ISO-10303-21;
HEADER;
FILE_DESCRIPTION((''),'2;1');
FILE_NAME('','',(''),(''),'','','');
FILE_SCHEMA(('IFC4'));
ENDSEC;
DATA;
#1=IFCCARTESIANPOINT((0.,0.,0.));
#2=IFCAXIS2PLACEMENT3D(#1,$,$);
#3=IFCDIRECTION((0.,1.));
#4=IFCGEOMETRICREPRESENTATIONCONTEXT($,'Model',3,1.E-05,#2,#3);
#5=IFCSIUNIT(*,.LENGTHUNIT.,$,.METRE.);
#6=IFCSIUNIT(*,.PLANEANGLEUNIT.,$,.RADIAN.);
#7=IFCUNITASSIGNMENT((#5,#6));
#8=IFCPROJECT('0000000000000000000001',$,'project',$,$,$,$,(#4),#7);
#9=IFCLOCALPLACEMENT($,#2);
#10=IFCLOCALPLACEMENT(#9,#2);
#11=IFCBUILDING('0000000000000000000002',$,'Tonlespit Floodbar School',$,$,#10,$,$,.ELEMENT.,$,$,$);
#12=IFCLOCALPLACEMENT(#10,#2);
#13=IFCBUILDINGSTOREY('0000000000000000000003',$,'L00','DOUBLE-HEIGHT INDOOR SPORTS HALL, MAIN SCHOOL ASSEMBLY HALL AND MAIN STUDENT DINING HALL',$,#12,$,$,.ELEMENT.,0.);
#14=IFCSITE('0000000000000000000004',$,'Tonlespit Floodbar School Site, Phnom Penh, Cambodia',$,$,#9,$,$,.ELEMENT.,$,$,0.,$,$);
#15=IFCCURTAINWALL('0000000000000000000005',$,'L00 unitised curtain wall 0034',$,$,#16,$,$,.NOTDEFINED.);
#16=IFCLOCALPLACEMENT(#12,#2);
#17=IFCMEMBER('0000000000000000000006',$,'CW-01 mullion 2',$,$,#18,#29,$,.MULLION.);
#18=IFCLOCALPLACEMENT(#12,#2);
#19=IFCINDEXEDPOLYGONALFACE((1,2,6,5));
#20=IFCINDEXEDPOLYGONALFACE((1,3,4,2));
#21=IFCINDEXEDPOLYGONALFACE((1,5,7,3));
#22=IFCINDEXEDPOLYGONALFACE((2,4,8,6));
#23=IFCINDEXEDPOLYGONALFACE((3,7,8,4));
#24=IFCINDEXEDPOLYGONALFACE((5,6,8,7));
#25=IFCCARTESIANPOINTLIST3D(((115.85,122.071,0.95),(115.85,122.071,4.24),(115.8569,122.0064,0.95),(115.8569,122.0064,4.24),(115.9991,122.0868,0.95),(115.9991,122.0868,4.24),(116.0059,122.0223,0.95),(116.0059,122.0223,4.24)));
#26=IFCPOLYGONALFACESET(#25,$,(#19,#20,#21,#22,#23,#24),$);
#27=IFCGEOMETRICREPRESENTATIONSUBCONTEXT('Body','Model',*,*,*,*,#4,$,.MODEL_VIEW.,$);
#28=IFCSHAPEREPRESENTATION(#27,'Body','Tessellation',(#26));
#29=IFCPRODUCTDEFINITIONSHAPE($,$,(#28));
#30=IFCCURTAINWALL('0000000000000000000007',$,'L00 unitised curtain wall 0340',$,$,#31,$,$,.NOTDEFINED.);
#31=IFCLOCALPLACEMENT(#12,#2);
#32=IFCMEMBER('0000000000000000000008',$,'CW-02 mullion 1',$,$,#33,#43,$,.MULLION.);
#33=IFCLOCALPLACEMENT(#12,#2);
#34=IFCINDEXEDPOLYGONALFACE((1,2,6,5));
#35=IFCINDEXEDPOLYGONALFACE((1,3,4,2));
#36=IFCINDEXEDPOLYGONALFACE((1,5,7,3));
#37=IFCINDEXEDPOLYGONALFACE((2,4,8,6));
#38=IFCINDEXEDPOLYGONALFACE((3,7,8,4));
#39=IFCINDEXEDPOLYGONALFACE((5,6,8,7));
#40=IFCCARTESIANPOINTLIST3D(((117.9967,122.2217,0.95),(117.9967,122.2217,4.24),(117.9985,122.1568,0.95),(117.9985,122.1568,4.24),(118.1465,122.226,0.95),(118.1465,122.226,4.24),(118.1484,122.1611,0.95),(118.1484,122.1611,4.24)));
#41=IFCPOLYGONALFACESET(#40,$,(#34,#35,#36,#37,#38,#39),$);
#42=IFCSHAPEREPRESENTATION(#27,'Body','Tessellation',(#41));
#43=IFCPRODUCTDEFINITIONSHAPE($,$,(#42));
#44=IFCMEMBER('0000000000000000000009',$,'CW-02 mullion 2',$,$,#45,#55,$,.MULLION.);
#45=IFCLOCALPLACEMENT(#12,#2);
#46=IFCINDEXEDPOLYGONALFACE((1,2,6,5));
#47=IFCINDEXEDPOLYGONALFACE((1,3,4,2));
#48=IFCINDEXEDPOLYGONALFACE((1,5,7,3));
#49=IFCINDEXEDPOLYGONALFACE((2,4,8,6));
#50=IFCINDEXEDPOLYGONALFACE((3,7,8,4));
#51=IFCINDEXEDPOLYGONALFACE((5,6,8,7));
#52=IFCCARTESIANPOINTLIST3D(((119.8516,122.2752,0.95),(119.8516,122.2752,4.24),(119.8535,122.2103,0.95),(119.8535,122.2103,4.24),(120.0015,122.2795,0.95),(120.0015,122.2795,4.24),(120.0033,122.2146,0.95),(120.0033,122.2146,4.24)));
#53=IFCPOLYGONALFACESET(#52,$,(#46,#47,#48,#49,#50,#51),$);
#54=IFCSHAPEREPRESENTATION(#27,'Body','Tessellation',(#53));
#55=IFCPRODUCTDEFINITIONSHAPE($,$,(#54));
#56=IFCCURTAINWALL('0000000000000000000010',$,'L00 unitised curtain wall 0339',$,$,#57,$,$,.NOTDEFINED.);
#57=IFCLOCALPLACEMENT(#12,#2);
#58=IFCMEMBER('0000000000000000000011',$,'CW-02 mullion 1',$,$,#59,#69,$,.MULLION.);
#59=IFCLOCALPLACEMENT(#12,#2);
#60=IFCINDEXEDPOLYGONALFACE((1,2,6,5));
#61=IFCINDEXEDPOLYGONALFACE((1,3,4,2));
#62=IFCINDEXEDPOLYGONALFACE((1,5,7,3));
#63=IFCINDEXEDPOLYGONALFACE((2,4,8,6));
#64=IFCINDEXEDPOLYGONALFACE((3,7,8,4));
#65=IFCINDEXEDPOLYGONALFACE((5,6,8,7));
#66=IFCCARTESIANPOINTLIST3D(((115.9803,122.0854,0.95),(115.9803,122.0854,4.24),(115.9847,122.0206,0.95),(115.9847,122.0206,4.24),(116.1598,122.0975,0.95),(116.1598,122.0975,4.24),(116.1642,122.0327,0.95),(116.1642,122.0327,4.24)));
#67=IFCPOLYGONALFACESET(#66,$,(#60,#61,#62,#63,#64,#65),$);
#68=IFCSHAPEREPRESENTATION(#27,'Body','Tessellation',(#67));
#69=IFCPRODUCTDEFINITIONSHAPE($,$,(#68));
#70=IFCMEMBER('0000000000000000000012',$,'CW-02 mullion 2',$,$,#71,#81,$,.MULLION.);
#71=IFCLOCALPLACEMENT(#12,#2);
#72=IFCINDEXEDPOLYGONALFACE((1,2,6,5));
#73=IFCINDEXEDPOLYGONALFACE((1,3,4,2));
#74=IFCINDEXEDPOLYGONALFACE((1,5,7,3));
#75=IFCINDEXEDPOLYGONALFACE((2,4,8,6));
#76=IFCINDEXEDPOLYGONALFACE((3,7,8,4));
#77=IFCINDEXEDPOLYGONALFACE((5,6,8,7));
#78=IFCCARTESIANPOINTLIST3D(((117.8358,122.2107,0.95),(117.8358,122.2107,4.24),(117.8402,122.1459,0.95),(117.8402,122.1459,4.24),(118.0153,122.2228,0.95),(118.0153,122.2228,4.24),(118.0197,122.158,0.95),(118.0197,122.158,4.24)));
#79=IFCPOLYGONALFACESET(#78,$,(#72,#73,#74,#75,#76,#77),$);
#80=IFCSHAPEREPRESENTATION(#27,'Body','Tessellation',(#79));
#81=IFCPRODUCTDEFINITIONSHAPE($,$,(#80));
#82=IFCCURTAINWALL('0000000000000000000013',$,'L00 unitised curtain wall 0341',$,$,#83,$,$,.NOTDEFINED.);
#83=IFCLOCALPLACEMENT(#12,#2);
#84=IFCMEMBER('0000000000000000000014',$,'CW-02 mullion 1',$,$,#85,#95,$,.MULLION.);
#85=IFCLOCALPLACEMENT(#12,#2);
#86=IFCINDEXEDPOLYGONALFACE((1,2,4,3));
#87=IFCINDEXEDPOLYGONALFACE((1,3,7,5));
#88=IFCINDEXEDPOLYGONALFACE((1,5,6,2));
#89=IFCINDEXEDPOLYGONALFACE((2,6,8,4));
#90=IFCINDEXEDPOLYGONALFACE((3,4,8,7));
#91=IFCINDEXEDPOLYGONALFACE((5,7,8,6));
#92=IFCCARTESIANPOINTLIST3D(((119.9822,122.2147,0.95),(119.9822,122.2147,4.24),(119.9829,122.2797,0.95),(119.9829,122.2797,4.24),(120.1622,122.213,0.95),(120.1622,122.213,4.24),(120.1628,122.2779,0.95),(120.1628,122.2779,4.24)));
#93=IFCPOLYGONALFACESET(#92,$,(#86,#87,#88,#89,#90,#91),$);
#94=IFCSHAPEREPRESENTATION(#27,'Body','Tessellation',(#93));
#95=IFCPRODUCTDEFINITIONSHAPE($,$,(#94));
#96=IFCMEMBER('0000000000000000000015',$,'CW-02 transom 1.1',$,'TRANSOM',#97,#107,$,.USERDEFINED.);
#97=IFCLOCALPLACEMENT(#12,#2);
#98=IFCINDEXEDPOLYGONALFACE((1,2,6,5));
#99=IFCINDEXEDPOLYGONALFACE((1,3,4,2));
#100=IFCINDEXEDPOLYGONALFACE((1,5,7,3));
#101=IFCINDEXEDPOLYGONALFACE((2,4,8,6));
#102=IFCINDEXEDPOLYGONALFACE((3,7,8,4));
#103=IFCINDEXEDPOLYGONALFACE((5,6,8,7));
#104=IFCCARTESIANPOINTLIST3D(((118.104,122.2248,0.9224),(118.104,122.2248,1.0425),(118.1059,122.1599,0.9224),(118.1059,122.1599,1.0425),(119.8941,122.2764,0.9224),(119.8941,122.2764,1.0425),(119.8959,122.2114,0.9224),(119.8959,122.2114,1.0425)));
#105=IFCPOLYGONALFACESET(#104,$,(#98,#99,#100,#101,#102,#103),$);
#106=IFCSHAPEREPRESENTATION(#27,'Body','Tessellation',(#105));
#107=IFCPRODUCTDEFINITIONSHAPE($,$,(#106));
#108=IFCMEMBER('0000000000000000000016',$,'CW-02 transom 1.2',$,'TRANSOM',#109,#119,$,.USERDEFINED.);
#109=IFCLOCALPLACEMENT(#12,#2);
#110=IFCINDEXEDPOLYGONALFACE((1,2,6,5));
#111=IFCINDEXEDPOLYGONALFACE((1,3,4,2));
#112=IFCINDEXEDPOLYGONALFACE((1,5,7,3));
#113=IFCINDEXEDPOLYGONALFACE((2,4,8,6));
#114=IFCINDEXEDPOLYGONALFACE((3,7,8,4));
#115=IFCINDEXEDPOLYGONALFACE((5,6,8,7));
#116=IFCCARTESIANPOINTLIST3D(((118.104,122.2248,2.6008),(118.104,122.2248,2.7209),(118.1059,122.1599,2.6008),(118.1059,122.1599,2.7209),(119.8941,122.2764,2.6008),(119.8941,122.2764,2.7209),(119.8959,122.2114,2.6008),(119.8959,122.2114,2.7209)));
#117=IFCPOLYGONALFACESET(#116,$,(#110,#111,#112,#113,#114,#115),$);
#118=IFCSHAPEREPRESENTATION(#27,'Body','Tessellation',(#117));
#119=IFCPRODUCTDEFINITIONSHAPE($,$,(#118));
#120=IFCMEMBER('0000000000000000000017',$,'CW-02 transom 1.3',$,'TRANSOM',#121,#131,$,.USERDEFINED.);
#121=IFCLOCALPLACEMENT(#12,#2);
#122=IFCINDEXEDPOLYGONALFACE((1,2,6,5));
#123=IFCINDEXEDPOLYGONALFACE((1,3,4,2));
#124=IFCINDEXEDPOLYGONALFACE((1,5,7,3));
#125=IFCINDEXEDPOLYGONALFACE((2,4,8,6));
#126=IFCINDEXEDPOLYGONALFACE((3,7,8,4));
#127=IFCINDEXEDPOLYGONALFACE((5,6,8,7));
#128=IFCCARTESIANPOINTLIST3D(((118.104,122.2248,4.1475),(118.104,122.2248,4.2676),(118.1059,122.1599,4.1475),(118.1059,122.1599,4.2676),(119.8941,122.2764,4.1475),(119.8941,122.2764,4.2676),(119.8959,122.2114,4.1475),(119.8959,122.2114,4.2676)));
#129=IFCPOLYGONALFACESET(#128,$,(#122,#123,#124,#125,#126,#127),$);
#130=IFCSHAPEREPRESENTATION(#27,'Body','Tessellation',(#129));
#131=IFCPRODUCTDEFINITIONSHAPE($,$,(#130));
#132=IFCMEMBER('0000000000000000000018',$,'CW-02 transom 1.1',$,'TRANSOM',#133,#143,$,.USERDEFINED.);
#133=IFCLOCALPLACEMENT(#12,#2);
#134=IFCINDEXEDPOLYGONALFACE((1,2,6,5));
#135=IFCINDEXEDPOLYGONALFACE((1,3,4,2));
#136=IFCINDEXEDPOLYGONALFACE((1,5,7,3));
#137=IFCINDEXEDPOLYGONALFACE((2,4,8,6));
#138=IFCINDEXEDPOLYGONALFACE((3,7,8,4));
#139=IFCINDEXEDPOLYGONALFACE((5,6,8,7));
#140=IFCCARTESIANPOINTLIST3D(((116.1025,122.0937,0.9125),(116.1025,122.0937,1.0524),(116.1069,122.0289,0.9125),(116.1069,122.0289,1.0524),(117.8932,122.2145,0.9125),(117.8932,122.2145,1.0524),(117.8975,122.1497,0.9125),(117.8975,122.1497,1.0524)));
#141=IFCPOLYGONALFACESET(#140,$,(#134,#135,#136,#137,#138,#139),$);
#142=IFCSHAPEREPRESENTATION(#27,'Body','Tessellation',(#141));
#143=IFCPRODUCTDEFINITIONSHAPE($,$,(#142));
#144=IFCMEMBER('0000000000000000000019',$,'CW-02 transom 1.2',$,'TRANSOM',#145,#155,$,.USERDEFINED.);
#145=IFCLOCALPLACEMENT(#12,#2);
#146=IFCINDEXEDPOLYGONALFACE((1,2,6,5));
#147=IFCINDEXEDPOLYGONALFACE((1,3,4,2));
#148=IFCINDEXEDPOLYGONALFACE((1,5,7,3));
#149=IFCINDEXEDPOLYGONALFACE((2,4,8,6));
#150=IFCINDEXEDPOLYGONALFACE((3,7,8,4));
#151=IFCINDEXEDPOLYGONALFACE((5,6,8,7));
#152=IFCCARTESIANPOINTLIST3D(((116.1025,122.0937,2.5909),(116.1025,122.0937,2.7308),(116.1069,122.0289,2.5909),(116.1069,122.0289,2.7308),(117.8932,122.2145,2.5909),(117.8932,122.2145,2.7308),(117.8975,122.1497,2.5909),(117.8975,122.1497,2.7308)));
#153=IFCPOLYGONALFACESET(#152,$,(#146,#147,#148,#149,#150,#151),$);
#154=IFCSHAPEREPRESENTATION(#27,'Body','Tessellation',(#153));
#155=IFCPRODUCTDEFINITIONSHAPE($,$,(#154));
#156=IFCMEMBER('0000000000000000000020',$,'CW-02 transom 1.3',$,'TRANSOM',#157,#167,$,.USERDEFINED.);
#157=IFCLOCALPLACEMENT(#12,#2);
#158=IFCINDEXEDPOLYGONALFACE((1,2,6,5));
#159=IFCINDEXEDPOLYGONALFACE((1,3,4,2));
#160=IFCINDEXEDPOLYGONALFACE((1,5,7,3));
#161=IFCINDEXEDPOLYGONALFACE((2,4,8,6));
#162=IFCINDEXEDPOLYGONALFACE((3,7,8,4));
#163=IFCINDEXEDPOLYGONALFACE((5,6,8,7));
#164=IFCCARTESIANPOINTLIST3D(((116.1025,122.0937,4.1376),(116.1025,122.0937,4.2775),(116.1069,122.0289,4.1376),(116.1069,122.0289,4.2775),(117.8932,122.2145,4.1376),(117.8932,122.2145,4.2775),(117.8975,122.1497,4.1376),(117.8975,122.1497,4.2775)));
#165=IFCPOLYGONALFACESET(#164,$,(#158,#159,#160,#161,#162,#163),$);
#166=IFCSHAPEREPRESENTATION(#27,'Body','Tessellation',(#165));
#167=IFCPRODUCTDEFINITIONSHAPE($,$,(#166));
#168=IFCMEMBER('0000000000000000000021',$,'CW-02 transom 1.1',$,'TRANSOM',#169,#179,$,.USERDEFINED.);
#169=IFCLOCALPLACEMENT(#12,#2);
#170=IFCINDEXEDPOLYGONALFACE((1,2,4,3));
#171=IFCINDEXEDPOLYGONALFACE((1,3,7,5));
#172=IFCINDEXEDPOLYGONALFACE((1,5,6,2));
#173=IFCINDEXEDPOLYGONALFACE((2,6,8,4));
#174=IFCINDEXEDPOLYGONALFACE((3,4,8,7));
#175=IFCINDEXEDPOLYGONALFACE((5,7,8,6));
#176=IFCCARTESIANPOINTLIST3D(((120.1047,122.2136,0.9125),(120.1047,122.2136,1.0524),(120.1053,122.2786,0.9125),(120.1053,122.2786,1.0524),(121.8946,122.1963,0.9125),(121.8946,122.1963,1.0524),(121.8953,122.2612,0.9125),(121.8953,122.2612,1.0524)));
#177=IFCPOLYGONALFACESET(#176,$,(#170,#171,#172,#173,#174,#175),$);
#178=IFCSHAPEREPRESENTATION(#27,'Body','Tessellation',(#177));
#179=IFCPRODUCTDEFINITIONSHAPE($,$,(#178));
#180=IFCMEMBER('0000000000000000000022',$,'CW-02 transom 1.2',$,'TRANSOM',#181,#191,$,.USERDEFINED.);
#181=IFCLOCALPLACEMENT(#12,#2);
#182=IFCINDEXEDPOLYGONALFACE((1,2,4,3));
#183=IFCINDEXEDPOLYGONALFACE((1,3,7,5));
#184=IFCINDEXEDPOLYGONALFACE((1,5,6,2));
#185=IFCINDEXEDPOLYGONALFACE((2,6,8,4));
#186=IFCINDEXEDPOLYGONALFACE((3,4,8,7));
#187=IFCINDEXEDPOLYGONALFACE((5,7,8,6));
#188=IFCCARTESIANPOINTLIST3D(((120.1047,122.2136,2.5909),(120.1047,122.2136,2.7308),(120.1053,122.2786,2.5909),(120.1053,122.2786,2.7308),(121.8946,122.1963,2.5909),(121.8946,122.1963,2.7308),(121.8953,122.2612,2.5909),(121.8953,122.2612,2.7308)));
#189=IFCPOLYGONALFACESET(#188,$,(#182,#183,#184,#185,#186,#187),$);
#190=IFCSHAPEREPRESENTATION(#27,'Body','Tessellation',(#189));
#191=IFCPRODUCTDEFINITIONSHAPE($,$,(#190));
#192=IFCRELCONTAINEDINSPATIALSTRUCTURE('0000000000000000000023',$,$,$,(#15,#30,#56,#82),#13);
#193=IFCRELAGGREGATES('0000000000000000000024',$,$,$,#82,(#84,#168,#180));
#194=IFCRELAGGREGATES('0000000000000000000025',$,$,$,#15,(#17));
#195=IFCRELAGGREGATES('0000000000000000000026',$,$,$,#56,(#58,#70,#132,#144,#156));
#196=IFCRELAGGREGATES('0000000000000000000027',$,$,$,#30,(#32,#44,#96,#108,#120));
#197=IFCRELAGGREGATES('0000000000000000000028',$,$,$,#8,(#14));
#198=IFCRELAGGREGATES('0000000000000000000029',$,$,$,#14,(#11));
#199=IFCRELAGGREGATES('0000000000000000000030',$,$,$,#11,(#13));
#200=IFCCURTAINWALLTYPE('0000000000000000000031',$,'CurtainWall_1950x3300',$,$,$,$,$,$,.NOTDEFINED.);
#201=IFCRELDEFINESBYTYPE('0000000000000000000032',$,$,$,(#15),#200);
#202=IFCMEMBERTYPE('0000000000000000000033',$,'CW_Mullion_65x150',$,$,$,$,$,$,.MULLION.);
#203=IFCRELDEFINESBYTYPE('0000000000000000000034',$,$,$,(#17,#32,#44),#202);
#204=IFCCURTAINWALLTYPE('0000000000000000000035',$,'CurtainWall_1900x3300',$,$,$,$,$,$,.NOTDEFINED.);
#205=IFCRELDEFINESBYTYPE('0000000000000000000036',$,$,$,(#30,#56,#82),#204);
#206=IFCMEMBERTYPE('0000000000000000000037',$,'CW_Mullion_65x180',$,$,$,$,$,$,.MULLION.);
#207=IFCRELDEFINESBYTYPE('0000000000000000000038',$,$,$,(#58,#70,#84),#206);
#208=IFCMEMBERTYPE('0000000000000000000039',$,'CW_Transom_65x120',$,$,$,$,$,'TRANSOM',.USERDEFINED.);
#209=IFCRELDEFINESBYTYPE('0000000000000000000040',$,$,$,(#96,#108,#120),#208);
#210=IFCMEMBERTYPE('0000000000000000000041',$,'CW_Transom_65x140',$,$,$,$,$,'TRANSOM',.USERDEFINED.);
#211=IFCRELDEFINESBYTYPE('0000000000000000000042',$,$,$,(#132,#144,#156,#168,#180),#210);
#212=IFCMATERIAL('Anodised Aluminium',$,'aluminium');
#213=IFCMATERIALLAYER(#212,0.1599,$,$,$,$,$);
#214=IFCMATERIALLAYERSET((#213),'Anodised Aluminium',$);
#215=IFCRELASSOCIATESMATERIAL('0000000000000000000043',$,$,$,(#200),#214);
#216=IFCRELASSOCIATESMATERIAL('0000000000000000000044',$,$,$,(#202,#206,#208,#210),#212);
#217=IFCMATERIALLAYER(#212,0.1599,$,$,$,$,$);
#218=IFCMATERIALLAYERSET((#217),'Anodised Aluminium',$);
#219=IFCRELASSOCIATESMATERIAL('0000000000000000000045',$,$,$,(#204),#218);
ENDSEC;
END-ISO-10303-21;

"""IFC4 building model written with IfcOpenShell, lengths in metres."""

from ifc_helpers import new_model, si_unit, direction, frame, origin, origin_2d, place, context, subcontext, project, spatial, rectangle, extrude, material, layer, layer_set, material_profile, profile_set, type_object, element, aggregate, save


model = new_model("IFC4")

# Units and contexts
model_context = context("Model", 3, precision=1e-05, world=origin(), true_north=direction((0.0, 1.0)))
body_context = subcontext(model_context, "Body", "Model", "MODEL_VIEW")
ifc_project = project(units=[si_unit("LENGTHUNIT", "METRE"), si_unit("PLANEANGLEUNIT", "RADIAN")], contexts=[model_context])

# Site, building, storey
site_placement = place(None, origin())
site = spatial("IfcSite", under=ifc_project, at=site_placement, Name="Tonlespit Floodbar School Site, Phnom Penh, Cambodia", CompositionType="ELEMENT", RefElevation=0.0)
building_placement = place(site_placement, origin())
building = spatial("IfcBuilding", under=site, at=building_placement, Name="Tonlespit Floodbar School", CompositionType="ELEMENT")
storey_placement = place(building_placement, origin())
storey = spatial("IfcBuildingStorey", under=building, at=storey_placement, Name="L00", Description="DOUBLE-HEIGHT INDOOR SPORTS HALL, MAIN SCHOOL ASSEMBLY HALL AND MAIN STUDENT DINING HALL", CompositionType="ELEMENT", Elevation=0.0)

# Curtain wall, member
ifc_material_1 = material(Name="Anodised Aluminium", Category="aluminium")
ifc_layer_1 = layer(ifc_material_1, 0.1599)
ifc_layer_set_1 = layer_set([ifc_layer_1], Name="Anodised Aluminium")
curtain_wall_type_1 = type_object("IfcCurtainWallType", Name="CurtainWall_1950x3300", PredefinedType="NOTDEFINED", material=ifc_layer_set_1)
curtain_wall_1_placement = place(storey_placement, origin())
curtain_wall_1 = element("IfcCurtainWall", 1, at=curtain_wall_1_placement, inside=storey, type_object=curtain_wall_type_1, Name="L00 unitised curtain wall 0034", PredefinedType="NOTDEFINED")
ifc_material_profile_1 = material_profile(ifc_material_1, rectangle(XDim=0.0649, YDim=0.1499, at=origin_2d()), Name="ALU M65x150")
ifc_profile_set_1 = profile_set([ifc_material_profile_1], Name="Anodised Aluminium")
member_type_1 = type_object("IfcMemberType", Name="CW_Mullion_65x150", PredefinedType="MULLION", material=ifc_profile_set_1)
member_1_placement = place(storey_placement, frame((115.928, 122.0466, 0.95), z_axis=(0.0, 0.0, 1.0), x_axis=(-0.105787, 0.994389, 0.0)))
member_1 = element("IfcMember", 2, at=member_1_placement, type_object=member_type_1, Name="CW-01 mullion 2", PredefinedType="MULLION", context=body_context, shape_type="SweptSolid", body=[
    extrude(rectangle(XDim=0.0649, YDim=0.1499, at=origin_2d()), origin(), (0.0, 0.0, 1.0), 3.29),
])

# Curtain walls, members
ifc_layer_2 = layer(ifc_material_1, 0.1599)
ifc_layer_set_2 = layer_set([ifc_layer_2], Name="Anodised Aluminium")
curtain_wall_type_2 = type_object("IfcCurtainWallType", Name="CurtainWall_1900x3300", PredefinedType="NOTDEFINED", material=ifc_layer_set_2)
curtain_wall_2_placement = place(storey_placement, origin())
curtain_wall_2 = element("IfcCurtainWall", 3, at=curtain_wall_2_placement, inside=storey, type_object=curtain_wall_type_2, Name="L00 unitised curtain wall 0340", PredefinedType="NOTDEFINED")
member_2_placement = place(storey_placement, frame((118.0725, 122.1914, 0.95), z_axis=(0.0, 0.0, 1.0), x_axis=(-0.02879, 0.999585, 0.0)))
member_2 = element("IfcMember", 4, at=member_2_placement, type_object=member_type_1, Name="CW-02 mullion 1", PredefinedType="MULLION", context=body_context, shape_type="SweptSolid", body=[
    extrude(rectangle(XDim=0.0649, YDim=0.1499, at=origin_2d()), origin(), (0.0, 0.0, 1.0), 3.29),
])
member_3_placement = place(storey_placement, frame((119.9275, 122.2449, 0.95), z_axis=(0.0, 0.0, 1.0), x_axis=(-0.02879, 0.999585, 0.0)))
member_3 = element("IfcMember", 5, at=member_3_placement, type_object=member_type_1, Name="CW-02 mullion 2", PredefinedType="MULLION", context=body_context, shape_type="SweptSolid", body=[
    extrude(rectangle(XDim=0.0649, YDim=0.1499, at=origin_2d()), origin(), (0.0, 0.0, 1.0), 3.29),
])
curtain_wall_3_placement = place(storey_placement, origin())
curtain_wall_3 = element("IfcCurtainWall", 6, at=curtain_wall_3_placement, inside=storey, type_object=curtain_wall_type_2, Name="L00 unitised curtain wall 0339", PredefinedType="NOTDEFINED")
ifc_material_profile_2 = material_profile(ifc_material_1, rectangle(XDim=0.0649, YDim=0.1799, at=origin_2d()), Name="ALU M65x180")
ifc_profile_set_2 = profile_set([ifc_material_profile_2], Name="Anodised Aluminium")
member_type_2 = type_object("IfcMemberType", Name="CW_Mullion_65x180", PredefinedType="MULLION", material=ifc_profile_set_2)
member_4_placement = place(storey_placement, frame((116.0723, 122.0591, 0.95), z_axis=(0.0, 0.0, 1.0), x_axis=(-0.06734, 0.99773, 0.0)))
member_4 = element("IfcMember", 7, at=member_4_placement, type_object=member_type_2, Name="CW-02 mullion 1", PredefinedType="MULLION", context=body_context, shape_type="SweptSolid", body=[
    extrude(rectangle(XDim=0.0649, YDim=0.1799, at=origin_2d()), origin(), (0.0, 0.0, 1.0), 3.29),
])
member_5_placement = place(storey_placement, frame((117.9277, 122.1843, 0.95), z_axis=(0.0, 0.0, 1.0), x_axis=(-0.06734, 0.99773, 0.0)))
member_5 = element("IfcMember", 8, at=member_5_placement, type_object=member_type_2, Name="CW-02 mullion 2", PredefinedType="MULLION", context=body_context, shape_type="SweptSolid", body=[
    extrude(rectangle(XDim=0.0649, YDim=0.1799, at=origin_2d()), origin(), (0.0, 0.0, 1.0), 3.29),
])

# Curtain wall, member
curtain_wall_4_placement = place(storey_placement, origin())
curtain_wall_4 = element("IfcCurtainWall", 9, at=curtain_wall_4_placement, inside=storey, type_object=curtain_wall_type_2, Name="L00 unitised curtain wall 0341", PredefinedType="NOTDEFINED")
member_6_placement = place(storey_placement, frame((120.0725, 122.2463, 0.95), z_axis=(0.0, 0.0, 1.0), x_axis=(0.009583, 0.999954, 0.0)))
member_6 = element("IfcMember", 10, at=member_6_placement, type_object=member_type_2, Name="CW-02 mullion 1", PredefinedType="MULLION", context=body_context, shape_type="SweptSolid", body=[
    extrude(rectangle(XDim=0.0649, YDim=0.1799, at=origin_2d()), origin(), (0.0, 0.0, 1.0), 3.29),
])

# Members
ifc_material_profile_3 = material_profile(ifc_material_1, rectangle(XDim=0.0649, YDim=0.1201, at=origin_2d()), Name="ALU T65x120")
ifc_profile_set_3 = profile_set([ifc_material_profile_3], Name="Anodised Aluminium")
member_type_3 = type_object("IfcMemberType", Name="CW_Transom_65x120", ElementType="TRANSOM", PredefinedType="USERDEFINED", material=ifc_profile_set_3)
member_7_placement = place(storey_placement, frame((118.105, 122.1924, 0.9824), z_axis=(0.999586, 0.028766, 0.0), x_axis=(-0.028766, 0.999586, 0.0)))
member_7 = element("IfcMember", 11, at=member_7_placement, type_object=member_type_3, Name="CW-02 transom 1.1", ObjectType="TRANSOM", PredefinedType="USERDEFINED", context=body_context, shape_type="SweptSolid", body=[
    extrude(rectangle(XDim=0.0649, YDim=0.1201, at=origin_2d()), origin(), (0.0, 0.0, 1.0), 1.7908),
])
member_8_placement = place(storey_placement, frame((118.105, 122.1924, 2.6609), z_axis=(0.999586, 0.028766, 0.0), x_axis=(-0.028766, 0.999586, 0.0)))
member_8 = element("IfcMember", 12, at=member_8_placement, type_object=member_type_3, Name="CW-02 transom 1.2", ObjectType="TRANSOM", PredefinedType="USERDEFINED", context=body_context, shape_type="SweptSolid", body=[
    extrude(rectangle(XDim=0.0649, YDim=0.1201, at=origin_2d()), origin(), (0.0, 0.0, 1.0), 1.7908),
])
member_9_placement = place(storey_placement, frame((118.105, 122.1924, 4.2075), z_axis=(0.999586, 0.028766, 0.0), x_axis=(-0.028766, 0.999586, 0.0)))
member_9 = element("IfcMember", 13, at=member_9_placement, type_object=member_type_3, Name="CW-02 transom 1.3", ObjectType="TRANSOM", PredefinedType="USERDEFINED", context=body_context, shape_type="SweptSolid", body=[
    extrude(rectangle(XDim=0.0649, YDim=0.1201, at=origin_2d()), origin(), (0.0, 0.0, 1.0), 1.7908),
])
ifc_material_profile_4 = material_profile(ifc_material_1, rectangle(XDim=0.0649, YDim=0.1399, at=origin_2d()), Name="ALU T65x140")
ifc_profile_set_4 = profile_set([ifc_material_profile_4], Name="Anodised Aluminium")
member_type_4 = type_object("IfcMemberType", Name="CW_Transom_65x140", ElementType="TRANSOM", PredefinedType="USERDEFINED", material=ifc_profile_set_4)
member_10_placement = place(storey_placement, frame((116.1047, 122.0613, 0.9824), z_axis=(0.99773, 0.067341, 0.0), x_axis=(-0.067341, 0.99773, 0.0)))
member_10 = element("IfcMember", 14, at=member_10_placement, type_object=member_type_4, Name="CW-02 transom 1.1", ObjectType="TRANSOM", PredefinedType="USERDEFINED", context=body_context, shape_type="SweptSolid", body=[
    extrude(rectangle(XDim=0.0649, YDim=0.1399, at=origin_2d()), origin(), (0.0, 0.0, 1.0), 1.7947),
])
member_11_placement = place(storey_placement, frame((116.1047, 122.0613, 2.6609), z_axis=(0.99773, 0.067341, 0.0), x_axis=(-0.067341, 0.99773, 0.0)))
member_11 = element("IfcMember", 15, at=member_11_placement, type_object=member_type_4, Name="CW-02 transom 1.2", ObjectType="TRANSOM", PredefinedType="USERDEFINED", context=body_context, shape_type="SweptSolid", body=[
    extrude(rectangle(XDim=0.0649, YDim=0.1399, at=origin_2d()), origin(), (0.0, 0.0, 1.0), 1.7947),
])
member_12_placement = place(storey_placement, frame((116.1047, 122.0613, 4.2075), z_axis=(0.99773, 0.067341, 0.0), x_axis=(-0.067341, 0.99773, 0.0)))
member_12 = element("IfcMember", 16, at=member_12_placement, type_object=member_type_4, Name="CW-02 transom 1.3", ObjectType="TRANSOM", PredefinedType="USERDEFINED", context=body_context, shape_type="SweptSolid", body=[
    extrude(rectangle(XDim=0.0649, YDim=0.1399, at=origin_2d()), origin(), (0.0, 0.0, 1.0), 1.7947),
])
member_13_placement = place(storey_placement, frame((120.105, 122.2461, 0.9824), z_axis=(0.999953, -0.009683, 0.0), x_axis=(0.009683, 0.999953, 0.0)))
member_13 = element("IfcMember", 17, at=member_13_placement, type_object=member_type_4, Name="CW-02 transom 1.1", ObjectType="TRANSOM", PredefinedType="USERDEFINED", context=body_context, shape_type="SweptSolid", body=[
    extrude(rectangle(XDim=0.0649, YDim=0.1399, at=origin_2d()), origin(), (0.0, 0.0, 1.0), 1.79),
])
member_14_placement = place(storey_placement, frame((120.105, 122.2461, 2.6609), z_axis=(0.999953, -0.009683, 0.0), x_axis=(0.009683, 0.999953, 0.0)))
member_14 = element("IfcMember", 18, at=member_14_placement, type_object=member_type_4, Name="CW-02 transom 1.2", ObjectType="TRANSOM", PredefinedType="USERDEFINED", context=body_context, shape_type="SweptSolid", body=[
    extrude(rectangle(XDim=0.0649, YDim=0.1399, at=origin_2d()), origin(), (0.0, 0.0, 1.0), 1.79),
])
aggregate(curtain_wall_4, [member_6, member_13, member_14])

aggregate(curtain_wall_1, [member_1])
aggregate(curtain_wall_3, [member_4, member_5, member_10, member_11, member_12])
aggregate(curtain_wall_2, [member_2, member_3, member_7, member_8, member_9])

save(model, "model.ifc")
